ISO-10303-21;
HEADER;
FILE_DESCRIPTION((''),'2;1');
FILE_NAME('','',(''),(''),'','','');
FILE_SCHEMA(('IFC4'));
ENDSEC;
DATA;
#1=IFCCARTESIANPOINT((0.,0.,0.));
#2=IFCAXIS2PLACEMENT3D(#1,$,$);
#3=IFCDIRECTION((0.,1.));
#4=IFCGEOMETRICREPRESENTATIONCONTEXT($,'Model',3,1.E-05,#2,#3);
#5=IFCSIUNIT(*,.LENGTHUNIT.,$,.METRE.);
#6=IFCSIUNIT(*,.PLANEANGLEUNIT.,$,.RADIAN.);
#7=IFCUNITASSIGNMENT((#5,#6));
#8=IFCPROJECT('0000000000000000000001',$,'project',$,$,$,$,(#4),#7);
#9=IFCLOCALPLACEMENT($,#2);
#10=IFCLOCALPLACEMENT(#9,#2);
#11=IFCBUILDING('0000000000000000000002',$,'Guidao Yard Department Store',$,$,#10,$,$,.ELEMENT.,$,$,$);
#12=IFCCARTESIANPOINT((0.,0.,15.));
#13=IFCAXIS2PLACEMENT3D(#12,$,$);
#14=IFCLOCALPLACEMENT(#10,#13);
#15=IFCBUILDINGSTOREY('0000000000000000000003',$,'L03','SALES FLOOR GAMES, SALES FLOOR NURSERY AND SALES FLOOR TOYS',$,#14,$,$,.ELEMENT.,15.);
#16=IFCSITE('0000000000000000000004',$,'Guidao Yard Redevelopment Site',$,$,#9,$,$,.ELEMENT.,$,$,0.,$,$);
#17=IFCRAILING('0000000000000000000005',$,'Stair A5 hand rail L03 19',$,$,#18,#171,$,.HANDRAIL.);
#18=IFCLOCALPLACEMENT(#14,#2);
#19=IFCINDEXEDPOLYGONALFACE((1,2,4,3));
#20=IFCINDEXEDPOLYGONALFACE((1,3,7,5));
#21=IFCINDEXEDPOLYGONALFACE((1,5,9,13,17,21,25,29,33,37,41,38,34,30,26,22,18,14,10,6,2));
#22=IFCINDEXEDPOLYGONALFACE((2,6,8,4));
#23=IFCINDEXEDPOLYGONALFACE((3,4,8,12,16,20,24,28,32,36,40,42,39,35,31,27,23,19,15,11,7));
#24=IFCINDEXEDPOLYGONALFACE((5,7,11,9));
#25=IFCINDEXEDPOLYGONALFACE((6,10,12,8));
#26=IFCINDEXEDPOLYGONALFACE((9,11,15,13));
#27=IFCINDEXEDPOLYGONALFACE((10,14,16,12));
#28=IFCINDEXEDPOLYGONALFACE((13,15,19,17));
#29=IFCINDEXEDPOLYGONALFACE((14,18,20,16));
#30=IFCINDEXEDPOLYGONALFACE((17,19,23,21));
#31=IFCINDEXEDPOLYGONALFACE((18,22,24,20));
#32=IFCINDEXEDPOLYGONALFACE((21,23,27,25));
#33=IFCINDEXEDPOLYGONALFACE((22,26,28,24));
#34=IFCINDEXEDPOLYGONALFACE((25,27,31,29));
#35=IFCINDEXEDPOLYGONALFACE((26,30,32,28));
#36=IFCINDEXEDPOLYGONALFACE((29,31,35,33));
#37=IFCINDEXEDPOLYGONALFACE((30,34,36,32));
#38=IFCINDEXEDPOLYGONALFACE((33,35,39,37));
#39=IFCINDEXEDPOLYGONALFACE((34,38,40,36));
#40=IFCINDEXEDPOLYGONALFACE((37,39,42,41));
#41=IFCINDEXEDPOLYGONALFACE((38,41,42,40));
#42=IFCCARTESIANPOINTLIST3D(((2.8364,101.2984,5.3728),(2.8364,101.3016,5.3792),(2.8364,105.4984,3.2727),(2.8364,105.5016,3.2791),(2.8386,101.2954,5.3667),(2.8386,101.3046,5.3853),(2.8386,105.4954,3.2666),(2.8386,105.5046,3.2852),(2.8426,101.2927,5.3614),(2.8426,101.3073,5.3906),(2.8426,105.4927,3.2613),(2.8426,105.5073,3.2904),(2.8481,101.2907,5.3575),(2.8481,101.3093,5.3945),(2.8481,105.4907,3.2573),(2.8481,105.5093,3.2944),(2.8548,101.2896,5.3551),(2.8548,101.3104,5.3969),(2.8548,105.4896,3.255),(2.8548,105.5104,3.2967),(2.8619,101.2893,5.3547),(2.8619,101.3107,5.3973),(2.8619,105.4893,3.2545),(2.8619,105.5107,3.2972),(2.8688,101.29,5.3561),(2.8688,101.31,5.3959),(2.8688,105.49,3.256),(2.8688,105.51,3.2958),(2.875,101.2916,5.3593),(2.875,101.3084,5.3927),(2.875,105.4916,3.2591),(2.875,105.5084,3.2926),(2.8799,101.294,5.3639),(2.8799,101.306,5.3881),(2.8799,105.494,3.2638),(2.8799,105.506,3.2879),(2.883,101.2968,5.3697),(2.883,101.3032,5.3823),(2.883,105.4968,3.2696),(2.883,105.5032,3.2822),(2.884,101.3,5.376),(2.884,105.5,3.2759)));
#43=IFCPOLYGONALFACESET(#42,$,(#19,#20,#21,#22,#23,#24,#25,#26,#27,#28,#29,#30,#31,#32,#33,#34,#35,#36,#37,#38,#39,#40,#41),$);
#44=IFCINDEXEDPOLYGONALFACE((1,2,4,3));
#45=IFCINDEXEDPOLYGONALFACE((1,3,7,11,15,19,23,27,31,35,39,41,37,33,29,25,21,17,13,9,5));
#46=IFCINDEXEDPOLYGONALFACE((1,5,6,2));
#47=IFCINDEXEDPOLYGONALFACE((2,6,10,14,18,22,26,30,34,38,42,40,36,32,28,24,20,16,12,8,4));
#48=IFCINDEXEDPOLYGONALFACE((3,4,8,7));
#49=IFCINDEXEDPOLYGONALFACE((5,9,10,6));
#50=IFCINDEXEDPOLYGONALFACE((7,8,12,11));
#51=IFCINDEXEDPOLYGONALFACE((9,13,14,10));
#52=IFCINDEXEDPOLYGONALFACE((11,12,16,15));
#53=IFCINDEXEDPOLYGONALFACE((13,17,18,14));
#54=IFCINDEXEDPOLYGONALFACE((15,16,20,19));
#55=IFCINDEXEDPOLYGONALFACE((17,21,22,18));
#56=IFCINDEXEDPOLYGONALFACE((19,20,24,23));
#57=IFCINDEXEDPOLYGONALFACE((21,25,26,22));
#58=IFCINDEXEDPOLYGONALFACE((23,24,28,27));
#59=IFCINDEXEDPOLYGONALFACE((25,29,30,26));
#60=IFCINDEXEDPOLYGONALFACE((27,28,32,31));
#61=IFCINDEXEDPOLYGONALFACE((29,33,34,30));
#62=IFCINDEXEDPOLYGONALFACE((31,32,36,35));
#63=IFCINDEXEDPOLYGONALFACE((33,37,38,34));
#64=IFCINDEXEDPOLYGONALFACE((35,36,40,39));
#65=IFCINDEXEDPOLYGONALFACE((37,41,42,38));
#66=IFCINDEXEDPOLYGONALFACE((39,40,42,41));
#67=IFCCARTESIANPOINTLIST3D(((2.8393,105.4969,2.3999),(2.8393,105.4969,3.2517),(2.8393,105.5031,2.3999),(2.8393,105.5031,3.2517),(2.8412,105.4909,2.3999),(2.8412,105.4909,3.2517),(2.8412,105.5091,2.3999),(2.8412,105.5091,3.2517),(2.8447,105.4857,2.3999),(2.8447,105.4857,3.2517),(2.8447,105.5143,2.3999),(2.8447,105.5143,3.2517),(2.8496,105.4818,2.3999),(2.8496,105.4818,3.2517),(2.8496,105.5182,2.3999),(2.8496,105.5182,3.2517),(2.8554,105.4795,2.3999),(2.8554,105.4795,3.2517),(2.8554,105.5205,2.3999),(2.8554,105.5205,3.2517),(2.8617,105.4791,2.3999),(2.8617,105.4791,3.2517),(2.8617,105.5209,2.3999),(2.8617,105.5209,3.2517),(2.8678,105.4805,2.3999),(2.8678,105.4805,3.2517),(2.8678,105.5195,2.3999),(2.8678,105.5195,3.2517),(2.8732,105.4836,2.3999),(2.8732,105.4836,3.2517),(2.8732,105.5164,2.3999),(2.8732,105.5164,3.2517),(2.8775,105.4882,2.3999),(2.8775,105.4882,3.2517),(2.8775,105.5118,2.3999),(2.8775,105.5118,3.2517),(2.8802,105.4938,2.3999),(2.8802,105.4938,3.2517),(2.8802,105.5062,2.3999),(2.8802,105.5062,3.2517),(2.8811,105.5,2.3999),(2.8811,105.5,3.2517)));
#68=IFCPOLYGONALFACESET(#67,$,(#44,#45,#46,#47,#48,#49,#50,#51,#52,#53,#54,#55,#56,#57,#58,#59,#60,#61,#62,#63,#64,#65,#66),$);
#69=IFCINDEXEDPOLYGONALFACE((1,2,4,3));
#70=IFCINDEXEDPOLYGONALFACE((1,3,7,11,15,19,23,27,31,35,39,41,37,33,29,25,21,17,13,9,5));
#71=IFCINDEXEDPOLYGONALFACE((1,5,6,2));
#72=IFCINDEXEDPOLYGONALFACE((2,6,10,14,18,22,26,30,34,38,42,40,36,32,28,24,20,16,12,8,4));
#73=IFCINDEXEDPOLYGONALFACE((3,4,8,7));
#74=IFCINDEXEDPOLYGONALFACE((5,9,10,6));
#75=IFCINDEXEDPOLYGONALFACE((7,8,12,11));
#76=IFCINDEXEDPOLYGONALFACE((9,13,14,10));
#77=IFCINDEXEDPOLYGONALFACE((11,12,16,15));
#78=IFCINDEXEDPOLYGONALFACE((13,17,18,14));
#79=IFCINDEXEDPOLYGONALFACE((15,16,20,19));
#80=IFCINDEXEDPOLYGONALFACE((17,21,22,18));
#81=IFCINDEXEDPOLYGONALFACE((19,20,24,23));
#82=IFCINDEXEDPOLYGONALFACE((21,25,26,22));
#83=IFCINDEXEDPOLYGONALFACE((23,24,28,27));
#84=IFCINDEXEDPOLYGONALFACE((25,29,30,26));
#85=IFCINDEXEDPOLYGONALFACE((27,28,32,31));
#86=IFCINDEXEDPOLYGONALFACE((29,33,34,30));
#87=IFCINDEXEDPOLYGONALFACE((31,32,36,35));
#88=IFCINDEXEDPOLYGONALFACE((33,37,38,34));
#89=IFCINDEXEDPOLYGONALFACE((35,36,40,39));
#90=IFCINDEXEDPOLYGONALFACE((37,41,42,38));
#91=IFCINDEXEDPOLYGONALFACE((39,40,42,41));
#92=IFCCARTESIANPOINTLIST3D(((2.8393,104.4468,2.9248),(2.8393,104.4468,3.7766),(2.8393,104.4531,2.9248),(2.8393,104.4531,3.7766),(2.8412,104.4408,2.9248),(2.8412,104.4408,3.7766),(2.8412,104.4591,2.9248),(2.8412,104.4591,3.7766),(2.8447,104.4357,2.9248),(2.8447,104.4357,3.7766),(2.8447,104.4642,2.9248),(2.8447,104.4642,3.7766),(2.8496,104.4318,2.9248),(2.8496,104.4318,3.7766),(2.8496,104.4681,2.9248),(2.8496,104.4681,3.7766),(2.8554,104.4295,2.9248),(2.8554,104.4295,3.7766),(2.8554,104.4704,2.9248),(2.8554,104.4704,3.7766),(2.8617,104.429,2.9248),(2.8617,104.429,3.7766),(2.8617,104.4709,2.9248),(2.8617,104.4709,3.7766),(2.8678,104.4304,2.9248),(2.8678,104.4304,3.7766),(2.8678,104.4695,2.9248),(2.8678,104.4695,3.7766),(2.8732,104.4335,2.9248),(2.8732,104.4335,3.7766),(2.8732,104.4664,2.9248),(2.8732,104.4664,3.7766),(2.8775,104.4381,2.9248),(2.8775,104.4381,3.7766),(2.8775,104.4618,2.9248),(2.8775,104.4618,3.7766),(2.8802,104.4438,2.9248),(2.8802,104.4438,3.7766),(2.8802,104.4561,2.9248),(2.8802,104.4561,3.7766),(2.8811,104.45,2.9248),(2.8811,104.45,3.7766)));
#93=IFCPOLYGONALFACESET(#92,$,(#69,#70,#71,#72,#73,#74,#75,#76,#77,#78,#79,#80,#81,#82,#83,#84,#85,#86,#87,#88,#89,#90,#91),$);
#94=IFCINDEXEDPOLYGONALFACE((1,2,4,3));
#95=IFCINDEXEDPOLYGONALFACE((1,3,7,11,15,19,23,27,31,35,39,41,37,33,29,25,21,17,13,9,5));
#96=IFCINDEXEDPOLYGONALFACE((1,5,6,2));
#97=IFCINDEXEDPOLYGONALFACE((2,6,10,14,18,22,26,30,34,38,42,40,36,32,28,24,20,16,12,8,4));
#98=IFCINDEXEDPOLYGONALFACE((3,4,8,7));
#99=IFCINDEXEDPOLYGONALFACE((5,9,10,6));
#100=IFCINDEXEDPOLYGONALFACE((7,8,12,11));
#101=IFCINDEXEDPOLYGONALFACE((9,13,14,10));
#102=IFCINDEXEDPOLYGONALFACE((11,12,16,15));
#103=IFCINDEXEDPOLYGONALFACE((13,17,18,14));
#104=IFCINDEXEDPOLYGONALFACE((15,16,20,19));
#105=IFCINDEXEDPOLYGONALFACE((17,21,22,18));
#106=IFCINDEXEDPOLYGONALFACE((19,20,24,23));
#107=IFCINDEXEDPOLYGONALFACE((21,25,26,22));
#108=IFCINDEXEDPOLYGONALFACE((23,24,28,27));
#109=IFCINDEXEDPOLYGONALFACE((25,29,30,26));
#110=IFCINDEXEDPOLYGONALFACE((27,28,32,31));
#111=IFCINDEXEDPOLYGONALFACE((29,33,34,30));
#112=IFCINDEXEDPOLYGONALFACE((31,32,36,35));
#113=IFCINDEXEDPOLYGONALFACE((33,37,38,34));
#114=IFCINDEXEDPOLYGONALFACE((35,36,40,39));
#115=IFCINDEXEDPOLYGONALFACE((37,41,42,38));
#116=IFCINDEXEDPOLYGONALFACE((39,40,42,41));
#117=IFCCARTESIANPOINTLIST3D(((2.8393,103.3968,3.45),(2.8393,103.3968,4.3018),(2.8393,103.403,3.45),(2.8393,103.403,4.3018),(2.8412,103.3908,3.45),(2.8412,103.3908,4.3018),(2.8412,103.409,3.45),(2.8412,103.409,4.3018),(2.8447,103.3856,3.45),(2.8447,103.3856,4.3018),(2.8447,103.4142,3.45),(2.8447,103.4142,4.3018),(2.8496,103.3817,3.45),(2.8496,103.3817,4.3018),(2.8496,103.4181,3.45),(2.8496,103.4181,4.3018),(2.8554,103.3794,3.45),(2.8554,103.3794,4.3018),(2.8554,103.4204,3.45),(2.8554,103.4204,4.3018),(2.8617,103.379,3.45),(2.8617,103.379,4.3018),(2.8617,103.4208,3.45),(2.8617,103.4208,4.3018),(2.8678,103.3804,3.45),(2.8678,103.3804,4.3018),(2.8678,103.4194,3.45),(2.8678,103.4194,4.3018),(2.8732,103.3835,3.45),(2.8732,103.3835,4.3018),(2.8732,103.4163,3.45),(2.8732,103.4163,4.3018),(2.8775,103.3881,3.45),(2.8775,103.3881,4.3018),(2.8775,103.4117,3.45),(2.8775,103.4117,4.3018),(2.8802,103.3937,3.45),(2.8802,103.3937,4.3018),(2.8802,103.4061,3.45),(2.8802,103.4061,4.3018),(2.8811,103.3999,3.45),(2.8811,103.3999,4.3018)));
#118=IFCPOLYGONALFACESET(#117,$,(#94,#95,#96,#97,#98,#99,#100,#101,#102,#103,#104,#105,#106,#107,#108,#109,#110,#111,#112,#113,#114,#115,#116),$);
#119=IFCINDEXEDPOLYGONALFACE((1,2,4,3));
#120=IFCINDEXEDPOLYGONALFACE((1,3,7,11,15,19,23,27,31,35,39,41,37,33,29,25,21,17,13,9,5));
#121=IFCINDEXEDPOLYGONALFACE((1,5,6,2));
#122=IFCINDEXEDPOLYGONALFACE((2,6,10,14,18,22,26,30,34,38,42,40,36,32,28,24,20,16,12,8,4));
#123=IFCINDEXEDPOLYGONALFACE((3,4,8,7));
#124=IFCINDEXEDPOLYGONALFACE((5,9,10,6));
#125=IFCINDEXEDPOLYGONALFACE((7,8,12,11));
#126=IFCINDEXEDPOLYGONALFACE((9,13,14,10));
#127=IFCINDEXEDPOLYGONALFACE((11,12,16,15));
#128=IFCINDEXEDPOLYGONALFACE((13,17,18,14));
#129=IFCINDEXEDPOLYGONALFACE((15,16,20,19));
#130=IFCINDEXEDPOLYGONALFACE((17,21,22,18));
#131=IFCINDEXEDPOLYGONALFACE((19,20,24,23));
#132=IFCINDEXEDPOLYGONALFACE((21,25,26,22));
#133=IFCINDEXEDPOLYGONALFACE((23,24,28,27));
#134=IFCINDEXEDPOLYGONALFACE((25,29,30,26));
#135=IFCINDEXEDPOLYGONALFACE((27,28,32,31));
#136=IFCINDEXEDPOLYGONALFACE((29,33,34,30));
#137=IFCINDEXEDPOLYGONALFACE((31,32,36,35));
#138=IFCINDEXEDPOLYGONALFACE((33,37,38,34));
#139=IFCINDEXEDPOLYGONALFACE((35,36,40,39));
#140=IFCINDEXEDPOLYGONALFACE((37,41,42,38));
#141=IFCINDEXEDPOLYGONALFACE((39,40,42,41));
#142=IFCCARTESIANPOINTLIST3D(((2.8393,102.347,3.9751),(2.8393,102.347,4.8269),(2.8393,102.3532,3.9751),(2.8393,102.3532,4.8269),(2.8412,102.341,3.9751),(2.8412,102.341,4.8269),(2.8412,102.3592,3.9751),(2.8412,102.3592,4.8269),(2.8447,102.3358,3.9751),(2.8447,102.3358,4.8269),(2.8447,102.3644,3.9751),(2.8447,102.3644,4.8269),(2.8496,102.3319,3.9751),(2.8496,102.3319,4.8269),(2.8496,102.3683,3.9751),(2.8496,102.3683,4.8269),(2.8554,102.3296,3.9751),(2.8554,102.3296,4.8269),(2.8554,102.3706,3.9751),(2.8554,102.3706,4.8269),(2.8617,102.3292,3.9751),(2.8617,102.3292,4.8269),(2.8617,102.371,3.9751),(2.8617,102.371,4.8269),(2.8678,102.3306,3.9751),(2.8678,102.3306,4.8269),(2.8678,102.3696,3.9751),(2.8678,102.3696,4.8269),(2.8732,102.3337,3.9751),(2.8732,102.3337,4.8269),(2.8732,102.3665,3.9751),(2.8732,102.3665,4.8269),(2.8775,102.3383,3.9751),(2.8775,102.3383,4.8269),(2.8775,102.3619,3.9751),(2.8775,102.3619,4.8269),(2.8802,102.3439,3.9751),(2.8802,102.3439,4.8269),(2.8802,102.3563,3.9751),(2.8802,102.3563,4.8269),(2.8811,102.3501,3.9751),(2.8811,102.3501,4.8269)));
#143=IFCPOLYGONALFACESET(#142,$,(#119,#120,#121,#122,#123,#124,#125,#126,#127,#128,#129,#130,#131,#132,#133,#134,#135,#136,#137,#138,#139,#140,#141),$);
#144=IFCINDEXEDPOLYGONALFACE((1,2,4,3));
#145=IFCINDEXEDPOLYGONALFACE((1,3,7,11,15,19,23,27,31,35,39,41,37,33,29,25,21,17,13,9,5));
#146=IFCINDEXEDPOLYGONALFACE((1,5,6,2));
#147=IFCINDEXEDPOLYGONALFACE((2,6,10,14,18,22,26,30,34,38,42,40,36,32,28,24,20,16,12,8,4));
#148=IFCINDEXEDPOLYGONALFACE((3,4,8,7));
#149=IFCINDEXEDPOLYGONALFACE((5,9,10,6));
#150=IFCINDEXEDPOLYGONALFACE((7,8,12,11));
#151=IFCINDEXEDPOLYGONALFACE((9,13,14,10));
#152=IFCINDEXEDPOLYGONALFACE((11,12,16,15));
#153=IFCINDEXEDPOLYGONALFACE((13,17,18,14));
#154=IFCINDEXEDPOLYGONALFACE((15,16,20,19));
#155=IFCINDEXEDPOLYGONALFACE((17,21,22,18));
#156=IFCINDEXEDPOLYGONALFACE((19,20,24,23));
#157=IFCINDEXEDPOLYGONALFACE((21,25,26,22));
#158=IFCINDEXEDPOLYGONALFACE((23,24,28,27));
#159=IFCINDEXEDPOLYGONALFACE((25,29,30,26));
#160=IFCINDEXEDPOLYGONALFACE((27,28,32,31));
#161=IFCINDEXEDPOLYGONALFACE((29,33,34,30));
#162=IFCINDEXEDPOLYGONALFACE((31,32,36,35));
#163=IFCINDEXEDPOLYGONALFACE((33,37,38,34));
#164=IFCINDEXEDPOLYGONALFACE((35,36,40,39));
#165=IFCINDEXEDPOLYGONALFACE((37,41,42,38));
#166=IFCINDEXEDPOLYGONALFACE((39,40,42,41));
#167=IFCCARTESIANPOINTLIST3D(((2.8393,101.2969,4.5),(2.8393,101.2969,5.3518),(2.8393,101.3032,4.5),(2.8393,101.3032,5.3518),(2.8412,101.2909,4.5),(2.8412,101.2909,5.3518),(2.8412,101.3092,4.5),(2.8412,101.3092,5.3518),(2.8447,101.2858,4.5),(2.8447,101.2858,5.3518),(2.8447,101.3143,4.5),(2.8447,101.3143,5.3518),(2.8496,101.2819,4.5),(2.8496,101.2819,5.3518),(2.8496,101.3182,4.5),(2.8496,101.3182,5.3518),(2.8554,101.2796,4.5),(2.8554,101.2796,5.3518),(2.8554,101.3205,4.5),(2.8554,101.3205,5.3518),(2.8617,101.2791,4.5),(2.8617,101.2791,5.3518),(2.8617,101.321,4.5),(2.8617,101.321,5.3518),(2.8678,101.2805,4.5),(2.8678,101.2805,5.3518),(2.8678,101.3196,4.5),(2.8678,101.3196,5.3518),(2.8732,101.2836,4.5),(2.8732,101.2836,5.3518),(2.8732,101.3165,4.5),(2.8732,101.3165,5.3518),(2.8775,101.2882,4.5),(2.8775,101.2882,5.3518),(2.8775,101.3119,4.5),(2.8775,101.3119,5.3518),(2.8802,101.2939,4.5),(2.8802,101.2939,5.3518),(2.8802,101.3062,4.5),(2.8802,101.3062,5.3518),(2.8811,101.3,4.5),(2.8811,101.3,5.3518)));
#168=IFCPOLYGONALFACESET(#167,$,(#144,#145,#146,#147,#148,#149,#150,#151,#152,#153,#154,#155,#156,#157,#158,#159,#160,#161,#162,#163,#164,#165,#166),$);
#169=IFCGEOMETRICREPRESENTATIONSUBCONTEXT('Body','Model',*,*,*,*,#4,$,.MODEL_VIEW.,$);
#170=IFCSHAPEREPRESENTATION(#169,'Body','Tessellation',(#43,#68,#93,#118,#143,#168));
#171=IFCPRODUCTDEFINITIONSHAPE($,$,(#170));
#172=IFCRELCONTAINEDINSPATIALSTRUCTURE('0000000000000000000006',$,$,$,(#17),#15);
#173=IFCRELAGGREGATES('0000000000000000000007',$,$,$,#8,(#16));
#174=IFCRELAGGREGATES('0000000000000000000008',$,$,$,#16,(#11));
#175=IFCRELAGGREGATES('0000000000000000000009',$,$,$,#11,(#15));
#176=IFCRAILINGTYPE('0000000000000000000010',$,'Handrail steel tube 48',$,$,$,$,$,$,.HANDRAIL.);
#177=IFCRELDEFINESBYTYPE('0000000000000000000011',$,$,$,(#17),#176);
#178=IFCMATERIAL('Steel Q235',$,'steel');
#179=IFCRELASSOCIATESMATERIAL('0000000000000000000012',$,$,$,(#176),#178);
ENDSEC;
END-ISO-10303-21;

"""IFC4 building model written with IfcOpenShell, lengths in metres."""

from ifc_helpers import new_model, si_unit, direction, frame, origin, origin_2d, place, context, subcontext, project, spatial, circle, extrude, material, type_object, element, save


model = new_model("IFC4")

# Units and contexts
model_context = context("Model", 3, precision=1e-05, world=origin(), true_north=direction((0.0, 1.0)))
body_context = subcontext(model_context, "Body", "Model", "MODEL_VIEW")
ifc_project = project(units=[si_unit("LENGTHUNIT", "METRE"), si_unit("PLANEANGLEUNIT", "RADIAN")], contexts=[model_context])

# Site, building, storey
site_placement = place(None, origin())
site = spatial("IfcSite", under=ifc_project, at=site_placement, Name="Guidao Yard Redevelopment Site", CompositionType="ELEMENT", RefElevation=0.0)
building_placement = place(site_placement, origin())
building = spatial("IfcBuilding", under=site, at=building_placement, Name="Guidao Yard Department Store", CompositionType="ELEMENT")
storey_placement = place(building_placement, frame((0.0, 0.0, 15.0)))
storey = spatial("IfcBuildingStorey", under=building, at=storey_placement, Name="L03", Description="SALES FLOOR GAMES, SALES FLOOR NURSERY AND SALES FLOOR TOYS", CompositionType="ELEMENT", Elevation=15.0)

# Railing
ifc_material_1 = material(Name="Steel Q235", Category="steel")
railing_type_1 = type_object("IfcRailingType", Name="Handrail steel tube 48", PredefinedType="HANDRAIL", material=ifc_material_1)
for number, where, name in (
    (1, (2.8601, 105.5, 2.3999), "Stair A5 hand rail L03 19"),
):
    element("IfcRailing", number, at=place(storey_placement, frame(where)), inside=storey, type_object=railing_type_1, Name=name, PredefinedType="HANDRAIL", context=body_context, shape_type="SweptSolid", body=[
        extrude(circle(Radius=0.0239, at=origin_2d()), frame((0.0, 0.0, 0.876), z_axis=(0.0, -0.894417, 0.447234), x_axis=(1.0, 0.0, 0.0)), (0.0, 0.0, 1.0), 4.6958),
        extrude(circle(Radius=0.021, at=origin_2d()), origin(), (0.0, 0.0, 1.0), 0.8518),
        extrude(circle(Radius=0.021, at=origin_2d()), frame((0.0, -1.05, 0.5249)), (0.0, 0.0, 1.0), 0.8518),
        extrude(circle(Radius=0.021, at=origin_2d()), frame((0.0, -2.1001, 1.05)), (0.0, 0.0, 1.0), 0.8518),
        extrude(circle(Radius=0.021, at=origin_2d()), frame((0.0, -3.1499, 1.5752)), (0.0, 0.0, 1.0), 0.8518),
        extrude(circle(Radius=0.021, at=origin_2d()), frame((0.0, -4.2, 2.1001)), (0.0, 0.0, 1.0), 0.8518),
    ])

save(model, "model.ifc")
